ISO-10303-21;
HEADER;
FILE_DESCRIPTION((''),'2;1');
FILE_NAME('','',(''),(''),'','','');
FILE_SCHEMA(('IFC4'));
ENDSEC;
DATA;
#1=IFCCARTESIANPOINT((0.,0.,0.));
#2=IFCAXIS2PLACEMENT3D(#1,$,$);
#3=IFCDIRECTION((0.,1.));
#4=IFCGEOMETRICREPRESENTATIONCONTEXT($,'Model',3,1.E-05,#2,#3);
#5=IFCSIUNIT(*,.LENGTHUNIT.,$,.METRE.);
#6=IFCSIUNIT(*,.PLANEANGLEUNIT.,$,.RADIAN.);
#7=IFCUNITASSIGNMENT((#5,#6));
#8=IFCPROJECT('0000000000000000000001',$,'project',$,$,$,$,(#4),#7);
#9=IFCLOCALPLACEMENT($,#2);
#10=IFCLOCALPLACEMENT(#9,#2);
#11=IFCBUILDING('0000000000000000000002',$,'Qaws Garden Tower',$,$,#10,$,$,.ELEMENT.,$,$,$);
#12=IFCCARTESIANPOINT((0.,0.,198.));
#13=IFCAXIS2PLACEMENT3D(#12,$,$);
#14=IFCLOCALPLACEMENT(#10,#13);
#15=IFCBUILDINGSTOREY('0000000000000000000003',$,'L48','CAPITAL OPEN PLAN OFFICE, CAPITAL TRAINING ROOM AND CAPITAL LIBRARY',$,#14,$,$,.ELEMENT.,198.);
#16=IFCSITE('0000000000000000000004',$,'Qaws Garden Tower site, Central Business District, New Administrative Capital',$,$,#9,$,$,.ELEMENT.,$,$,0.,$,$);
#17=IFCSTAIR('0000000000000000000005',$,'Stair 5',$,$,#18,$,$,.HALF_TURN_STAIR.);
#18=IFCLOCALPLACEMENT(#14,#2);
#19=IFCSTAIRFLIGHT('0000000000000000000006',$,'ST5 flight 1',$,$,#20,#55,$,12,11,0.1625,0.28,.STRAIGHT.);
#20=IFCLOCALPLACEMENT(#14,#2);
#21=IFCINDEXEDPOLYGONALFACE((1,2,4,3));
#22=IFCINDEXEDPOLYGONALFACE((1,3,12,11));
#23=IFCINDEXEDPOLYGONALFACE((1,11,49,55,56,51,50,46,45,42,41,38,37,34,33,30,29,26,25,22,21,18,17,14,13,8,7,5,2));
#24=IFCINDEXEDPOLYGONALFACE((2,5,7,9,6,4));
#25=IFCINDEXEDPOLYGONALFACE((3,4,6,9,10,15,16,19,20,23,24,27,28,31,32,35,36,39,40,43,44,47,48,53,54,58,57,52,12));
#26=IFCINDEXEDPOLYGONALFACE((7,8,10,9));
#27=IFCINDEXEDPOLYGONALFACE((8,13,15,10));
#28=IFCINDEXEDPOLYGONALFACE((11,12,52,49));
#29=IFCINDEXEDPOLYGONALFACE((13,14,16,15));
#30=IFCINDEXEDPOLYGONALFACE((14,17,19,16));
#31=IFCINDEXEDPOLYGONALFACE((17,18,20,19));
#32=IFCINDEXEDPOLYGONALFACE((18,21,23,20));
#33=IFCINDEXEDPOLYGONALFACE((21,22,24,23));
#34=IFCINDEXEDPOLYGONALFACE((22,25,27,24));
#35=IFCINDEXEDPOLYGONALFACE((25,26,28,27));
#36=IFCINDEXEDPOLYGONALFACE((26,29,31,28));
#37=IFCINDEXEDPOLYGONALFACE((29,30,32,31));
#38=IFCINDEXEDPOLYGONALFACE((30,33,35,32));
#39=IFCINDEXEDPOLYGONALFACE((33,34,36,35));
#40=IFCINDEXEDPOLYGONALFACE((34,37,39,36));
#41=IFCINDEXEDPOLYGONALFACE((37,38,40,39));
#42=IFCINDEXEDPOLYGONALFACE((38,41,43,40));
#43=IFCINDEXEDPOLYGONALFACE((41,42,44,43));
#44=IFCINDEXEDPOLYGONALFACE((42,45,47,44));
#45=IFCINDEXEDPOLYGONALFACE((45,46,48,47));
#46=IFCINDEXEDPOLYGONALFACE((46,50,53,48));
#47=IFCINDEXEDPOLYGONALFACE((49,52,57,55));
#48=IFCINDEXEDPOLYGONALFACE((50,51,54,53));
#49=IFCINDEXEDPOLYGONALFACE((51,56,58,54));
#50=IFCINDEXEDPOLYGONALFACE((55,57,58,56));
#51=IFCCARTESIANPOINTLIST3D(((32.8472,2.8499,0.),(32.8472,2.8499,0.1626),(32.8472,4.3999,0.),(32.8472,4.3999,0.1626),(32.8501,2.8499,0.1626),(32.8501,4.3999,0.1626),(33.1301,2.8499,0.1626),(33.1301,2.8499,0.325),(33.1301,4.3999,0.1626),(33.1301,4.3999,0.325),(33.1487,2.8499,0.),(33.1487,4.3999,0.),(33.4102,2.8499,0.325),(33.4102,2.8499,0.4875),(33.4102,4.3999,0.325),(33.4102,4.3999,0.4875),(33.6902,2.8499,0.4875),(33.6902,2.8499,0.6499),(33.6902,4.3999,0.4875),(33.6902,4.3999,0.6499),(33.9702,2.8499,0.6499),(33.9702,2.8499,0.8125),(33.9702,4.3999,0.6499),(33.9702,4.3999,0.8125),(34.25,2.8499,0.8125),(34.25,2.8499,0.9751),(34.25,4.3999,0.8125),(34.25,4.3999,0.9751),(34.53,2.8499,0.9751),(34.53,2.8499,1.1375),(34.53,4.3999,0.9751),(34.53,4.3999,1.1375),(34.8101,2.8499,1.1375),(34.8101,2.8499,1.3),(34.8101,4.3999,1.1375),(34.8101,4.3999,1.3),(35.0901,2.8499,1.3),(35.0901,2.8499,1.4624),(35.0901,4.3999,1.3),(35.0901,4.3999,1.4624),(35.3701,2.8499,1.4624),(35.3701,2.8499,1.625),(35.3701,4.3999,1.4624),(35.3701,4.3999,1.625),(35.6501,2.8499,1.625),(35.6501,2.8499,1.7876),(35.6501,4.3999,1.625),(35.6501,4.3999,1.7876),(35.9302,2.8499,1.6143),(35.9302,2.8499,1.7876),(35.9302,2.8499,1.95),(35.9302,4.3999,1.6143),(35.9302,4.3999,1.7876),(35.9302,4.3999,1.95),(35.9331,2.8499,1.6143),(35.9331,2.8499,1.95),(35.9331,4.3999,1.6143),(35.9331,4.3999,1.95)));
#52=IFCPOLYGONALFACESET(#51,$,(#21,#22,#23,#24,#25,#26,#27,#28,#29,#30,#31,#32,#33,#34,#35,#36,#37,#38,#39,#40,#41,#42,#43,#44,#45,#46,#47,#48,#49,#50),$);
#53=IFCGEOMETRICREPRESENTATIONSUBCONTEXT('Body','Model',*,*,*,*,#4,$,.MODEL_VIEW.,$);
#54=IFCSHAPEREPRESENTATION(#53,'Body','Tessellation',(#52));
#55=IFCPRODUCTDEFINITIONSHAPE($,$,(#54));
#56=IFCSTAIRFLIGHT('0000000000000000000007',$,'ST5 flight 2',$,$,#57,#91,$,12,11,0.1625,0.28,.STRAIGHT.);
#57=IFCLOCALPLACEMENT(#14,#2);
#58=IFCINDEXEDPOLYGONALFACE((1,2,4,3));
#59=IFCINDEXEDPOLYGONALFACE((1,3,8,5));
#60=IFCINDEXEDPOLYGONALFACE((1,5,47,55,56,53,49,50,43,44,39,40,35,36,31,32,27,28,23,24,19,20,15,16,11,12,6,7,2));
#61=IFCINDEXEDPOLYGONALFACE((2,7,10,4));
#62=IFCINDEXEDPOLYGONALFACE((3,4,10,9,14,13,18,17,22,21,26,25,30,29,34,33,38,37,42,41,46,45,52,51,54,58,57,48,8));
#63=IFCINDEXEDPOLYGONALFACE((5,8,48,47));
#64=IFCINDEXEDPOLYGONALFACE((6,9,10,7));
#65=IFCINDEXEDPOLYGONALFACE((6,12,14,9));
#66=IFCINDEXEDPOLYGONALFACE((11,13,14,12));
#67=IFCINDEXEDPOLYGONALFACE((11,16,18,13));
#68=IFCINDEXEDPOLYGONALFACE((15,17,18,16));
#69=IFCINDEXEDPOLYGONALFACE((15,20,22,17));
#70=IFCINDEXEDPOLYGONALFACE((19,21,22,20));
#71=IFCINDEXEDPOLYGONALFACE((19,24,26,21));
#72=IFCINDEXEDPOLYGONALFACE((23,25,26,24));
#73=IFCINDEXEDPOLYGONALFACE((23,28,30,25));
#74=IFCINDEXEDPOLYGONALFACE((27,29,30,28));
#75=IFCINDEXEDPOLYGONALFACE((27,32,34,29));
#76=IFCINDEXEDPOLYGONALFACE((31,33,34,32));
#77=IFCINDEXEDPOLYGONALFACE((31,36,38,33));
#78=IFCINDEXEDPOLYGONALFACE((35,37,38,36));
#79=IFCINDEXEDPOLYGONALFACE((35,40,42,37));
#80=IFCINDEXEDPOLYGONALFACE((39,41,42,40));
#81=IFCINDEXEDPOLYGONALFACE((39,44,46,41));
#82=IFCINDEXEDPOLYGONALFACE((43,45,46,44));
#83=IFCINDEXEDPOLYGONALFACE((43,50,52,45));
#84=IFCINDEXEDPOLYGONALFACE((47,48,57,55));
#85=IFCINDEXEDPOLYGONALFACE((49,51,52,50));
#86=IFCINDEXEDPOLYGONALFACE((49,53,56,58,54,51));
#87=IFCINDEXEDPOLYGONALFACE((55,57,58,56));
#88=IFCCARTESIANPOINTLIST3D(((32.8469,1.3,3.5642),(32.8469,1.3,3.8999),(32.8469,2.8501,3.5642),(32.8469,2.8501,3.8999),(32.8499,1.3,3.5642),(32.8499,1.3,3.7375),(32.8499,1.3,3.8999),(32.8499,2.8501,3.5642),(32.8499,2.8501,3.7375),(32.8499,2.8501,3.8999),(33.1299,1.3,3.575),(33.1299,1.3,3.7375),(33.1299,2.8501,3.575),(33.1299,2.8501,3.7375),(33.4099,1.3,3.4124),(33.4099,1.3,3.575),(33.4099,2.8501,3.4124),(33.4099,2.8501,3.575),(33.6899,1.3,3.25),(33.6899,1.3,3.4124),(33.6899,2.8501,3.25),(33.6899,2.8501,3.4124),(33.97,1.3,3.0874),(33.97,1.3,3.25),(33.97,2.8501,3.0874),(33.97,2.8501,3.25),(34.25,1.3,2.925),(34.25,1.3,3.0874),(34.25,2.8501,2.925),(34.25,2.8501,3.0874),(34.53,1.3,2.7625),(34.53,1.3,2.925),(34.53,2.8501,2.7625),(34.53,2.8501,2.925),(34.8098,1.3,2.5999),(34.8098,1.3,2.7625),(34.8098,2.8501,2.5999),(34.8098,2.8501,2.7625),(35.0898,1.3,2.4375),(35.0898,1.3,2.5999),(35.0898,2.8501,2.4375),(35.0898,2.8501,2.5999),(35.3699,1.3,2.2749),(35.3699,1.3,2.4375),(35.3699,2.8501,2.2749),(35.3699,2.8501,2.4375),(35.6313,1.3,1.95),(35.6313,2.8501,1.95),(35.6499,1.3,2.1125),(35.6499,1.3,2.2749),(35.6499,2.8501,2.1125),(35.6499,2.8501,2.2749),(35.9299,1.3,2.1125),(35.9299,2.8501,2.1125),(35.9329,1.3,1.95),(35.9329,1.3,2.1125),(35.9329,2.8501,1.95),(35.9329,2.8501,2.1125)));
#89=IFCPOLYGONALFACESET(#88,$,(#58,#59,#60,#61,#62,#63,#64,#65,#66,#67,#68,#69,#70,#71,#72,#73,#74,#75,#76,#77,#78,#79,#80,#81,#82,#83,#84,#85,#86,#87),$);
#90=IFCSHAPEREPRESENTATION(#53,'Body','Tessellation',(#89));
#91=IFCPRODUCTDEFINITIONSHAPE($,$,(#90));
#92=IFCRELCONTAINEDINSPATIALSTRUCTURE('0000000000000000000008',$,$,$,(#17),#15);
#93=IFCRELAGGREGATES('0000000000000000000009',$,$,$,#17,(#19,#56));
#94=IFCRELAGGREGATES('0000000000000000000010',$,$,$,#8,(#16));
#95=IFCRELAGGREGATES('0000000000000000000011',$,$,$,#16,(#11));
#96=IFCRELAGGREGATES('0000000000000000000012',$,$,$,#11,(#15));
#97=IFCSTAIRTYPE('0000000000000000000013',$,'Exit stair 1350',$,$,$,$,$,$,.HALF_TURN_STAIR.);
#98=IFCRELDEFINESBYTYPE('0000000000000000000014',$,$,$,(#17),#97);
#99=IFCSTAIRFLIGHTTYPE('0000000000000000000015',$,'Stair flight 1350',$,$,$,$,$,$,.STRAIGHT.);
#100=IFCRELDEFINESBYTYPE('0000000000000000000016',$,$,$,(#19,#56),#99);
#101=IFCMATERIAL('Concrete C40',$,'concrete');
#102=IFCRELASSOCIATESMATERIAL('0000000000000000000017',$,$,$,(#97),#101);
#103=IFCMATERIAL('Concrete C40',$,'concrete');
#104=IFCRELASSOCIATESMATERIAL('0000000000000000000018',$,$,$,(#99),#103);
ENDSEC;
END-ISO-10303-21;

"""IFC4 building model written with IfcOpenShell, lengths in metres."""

from ifc_helpers import new_model, si_unit, direction, frame, origin, place, context, subcontext, project, spatial, polyline, outline, extrude, material, type_object, element, aggregate, save


model = new_model("IFC4")

# Units and contexts
model_context = context("Model", 3, precision=1e-05, world=origin(), true_north=direction((0.0, 1.0)))
body_context = subcontext(model_context, "Body", "Model", "MODEL_VIEW")
ifc_project = project(units=[si_unit("LENGTHUNIT", "METRE"), si_unit("PLANEANGLEUNIT", "RADIAN")], contexts=[model_context])

# Site, building, storey
site_placement = place(None, origin())
site = spatial("IfcSite", under=ifc_project, at=site_placement, Name="Qaws Garden Tower site, Central Business District, New Administrative Capital", CompositionType="ELEMENT", RefElevation=0.0)
building_placement = place(site_placement, origin())
building = spatial("IfcBuilding", under=site, at=building_placement, Name="Qaws Garden Tower", CompositionType="ELEMENT")
storey_placement = place(building_placement, frame((0.0, 0.0, 198.0)))
storey = spatial("IfcBuildingStorey", under=building, at=storey_placement, Name="L48", Description="CAPITAL OPEN PLAN OFFICE, CAPITAL TRAINING ROOM AND CAPITAL LIBRARY", CompositionType="ELEMENT", Elevation=198.0)

# Stair, stair flights
ifc_material_1 = material(Name="Concrete C40", Category="concrete")
stair_type = type_object("IfcStairType", Name="Exit stair 1350", PredefinedType="HALF_TURN_STAIR", material=ifc_material_1)
stair_placement = place(storey_placement, origin())
stair = element("IfcStair", 1, at=stair_placement, inside=storey, type_object=stair_type, Name="Stair 5", PredefinedType="HALF_TURN_STAIR")
ifc_material_2 = material(Name="Concrete C40", Category="concrete")
stair_flight_type = type_object("IfcStairFlightType", Name="Stair flight 1350", PredefinedType="STRAIGHT", material=ifc_material_2)
stair_flight_1_placement = place(storey_placement, frame((32.8501, 3.625, 0.0), z_axis=(0.0, 0.0, 1.0), x_axis=(1.0, 0.0, 0.0)))
stair_flight_1 = element("IfcStairFlight", 2, at=stair_flight_1_placement, type_object=stair_flight_type, Name="ST5 flight 1", NumberOfRisers=12, NumberOfTreads=11, PredefinedType="STRAIGHT", RiserHeight=0.1625, TreadLength=0.28, context=body_context, shape_type="SweptSolid", body=[
    extrude(outline(polyline([(-0.0029, 0.0), (-0.0029, 0.1626), (0.0, 0.1626), (0.28, 0.1626), (0.28, 0.325), (0.5601, 0.325), (0.5601, 0.4875), (0.8401, 0.4875), (0.8401, 0.6499), (1.1201, 0.6499), (1.1201, 0.8125), (1.3999, 0.8125), (1.3999, 0.9751), (1.6799, 0.9751), (1.6799, 1.1375), (1.96, 1.1375), (1.96, 1.3), (2.24, 1.3), (2.24, 1.4624), (2.52, 1.4624), (2.52, 1.625), (2.8, 1.625), (2.8, 1.7876), (3.0801, 1.7876), (3.0801, 1.95), (3.083, 1.95), (3.083, 1.6143), (3.0801, 1.6143), (0.2986, 0.0), (-0.0029, 0.0)])), frame((0.0, 0.7749, 0.0), z_axis=(0.0, -1.0, 0.0), x_axis=(1.0, 0.0, 0.0)), (0.0, 0.0, 1.0), 1.55),
])
stair_flight_2_placement = place(storey_placement, frame((35.9299, 2.075, 1.95), z_axis=(0.0, 0.0, 1.0), x_axis=(-1.0, 0.0, 0.0)))
stair_flight_2 = element("IfcStairFlight", 3, at=stair_flight_2_placement, type_object=stair_flight_type, Name="ST5 flight 2", NumberOfRisers=12, NumberOfTreads=11, PredefinedType="STRAIGHT", RiserHeight=0.1625, TreadLength=0.28, context=body_context, shape_type="SweptSolid", body=[
    extrude(outline(polyline([(-0.0029, 0.0), (-0.0029, 0.1626), (0.0, 0.1626), (0.28, 0.1626), (0.28, 0.325), (0.5601, 0.325), (0.5601, 0.4875), (0.8401, 0.4875), (0.8401, 0.6499), (1.1201, 0.6499), (1.1201, 0.8125), (1.3999, 0.8125), (1.3999, 0.9751), (1.6799, 0.9751), (1.6799, 1.1375), (1.96, 1.1375), (1.96, 1.3), (2.24, 1.3), (2.24, 1.4624), (2.52, 1.4624), (2.52, 1.625), (2.8, 1.625), (2.8, 1.7876), (3.0801, 1.7876), (3.0801, 1.95), (3.083, 1.95), (3.083, 1.6143), (3.0801, 1.6143), (0.2986, 0.0), (-0.0029, 0.0)])), frame((0.0, 0.7749, 0.0), z_axis=(0.0, -1.0, 0.0), x_axis=(1.0, 0.0, 0.0)), (0.0, 0.0, 1.0), 1.55),
])
aggregate(stair, [stair_flight_1, stair_flight_2])

save(model, "model.ifc")
